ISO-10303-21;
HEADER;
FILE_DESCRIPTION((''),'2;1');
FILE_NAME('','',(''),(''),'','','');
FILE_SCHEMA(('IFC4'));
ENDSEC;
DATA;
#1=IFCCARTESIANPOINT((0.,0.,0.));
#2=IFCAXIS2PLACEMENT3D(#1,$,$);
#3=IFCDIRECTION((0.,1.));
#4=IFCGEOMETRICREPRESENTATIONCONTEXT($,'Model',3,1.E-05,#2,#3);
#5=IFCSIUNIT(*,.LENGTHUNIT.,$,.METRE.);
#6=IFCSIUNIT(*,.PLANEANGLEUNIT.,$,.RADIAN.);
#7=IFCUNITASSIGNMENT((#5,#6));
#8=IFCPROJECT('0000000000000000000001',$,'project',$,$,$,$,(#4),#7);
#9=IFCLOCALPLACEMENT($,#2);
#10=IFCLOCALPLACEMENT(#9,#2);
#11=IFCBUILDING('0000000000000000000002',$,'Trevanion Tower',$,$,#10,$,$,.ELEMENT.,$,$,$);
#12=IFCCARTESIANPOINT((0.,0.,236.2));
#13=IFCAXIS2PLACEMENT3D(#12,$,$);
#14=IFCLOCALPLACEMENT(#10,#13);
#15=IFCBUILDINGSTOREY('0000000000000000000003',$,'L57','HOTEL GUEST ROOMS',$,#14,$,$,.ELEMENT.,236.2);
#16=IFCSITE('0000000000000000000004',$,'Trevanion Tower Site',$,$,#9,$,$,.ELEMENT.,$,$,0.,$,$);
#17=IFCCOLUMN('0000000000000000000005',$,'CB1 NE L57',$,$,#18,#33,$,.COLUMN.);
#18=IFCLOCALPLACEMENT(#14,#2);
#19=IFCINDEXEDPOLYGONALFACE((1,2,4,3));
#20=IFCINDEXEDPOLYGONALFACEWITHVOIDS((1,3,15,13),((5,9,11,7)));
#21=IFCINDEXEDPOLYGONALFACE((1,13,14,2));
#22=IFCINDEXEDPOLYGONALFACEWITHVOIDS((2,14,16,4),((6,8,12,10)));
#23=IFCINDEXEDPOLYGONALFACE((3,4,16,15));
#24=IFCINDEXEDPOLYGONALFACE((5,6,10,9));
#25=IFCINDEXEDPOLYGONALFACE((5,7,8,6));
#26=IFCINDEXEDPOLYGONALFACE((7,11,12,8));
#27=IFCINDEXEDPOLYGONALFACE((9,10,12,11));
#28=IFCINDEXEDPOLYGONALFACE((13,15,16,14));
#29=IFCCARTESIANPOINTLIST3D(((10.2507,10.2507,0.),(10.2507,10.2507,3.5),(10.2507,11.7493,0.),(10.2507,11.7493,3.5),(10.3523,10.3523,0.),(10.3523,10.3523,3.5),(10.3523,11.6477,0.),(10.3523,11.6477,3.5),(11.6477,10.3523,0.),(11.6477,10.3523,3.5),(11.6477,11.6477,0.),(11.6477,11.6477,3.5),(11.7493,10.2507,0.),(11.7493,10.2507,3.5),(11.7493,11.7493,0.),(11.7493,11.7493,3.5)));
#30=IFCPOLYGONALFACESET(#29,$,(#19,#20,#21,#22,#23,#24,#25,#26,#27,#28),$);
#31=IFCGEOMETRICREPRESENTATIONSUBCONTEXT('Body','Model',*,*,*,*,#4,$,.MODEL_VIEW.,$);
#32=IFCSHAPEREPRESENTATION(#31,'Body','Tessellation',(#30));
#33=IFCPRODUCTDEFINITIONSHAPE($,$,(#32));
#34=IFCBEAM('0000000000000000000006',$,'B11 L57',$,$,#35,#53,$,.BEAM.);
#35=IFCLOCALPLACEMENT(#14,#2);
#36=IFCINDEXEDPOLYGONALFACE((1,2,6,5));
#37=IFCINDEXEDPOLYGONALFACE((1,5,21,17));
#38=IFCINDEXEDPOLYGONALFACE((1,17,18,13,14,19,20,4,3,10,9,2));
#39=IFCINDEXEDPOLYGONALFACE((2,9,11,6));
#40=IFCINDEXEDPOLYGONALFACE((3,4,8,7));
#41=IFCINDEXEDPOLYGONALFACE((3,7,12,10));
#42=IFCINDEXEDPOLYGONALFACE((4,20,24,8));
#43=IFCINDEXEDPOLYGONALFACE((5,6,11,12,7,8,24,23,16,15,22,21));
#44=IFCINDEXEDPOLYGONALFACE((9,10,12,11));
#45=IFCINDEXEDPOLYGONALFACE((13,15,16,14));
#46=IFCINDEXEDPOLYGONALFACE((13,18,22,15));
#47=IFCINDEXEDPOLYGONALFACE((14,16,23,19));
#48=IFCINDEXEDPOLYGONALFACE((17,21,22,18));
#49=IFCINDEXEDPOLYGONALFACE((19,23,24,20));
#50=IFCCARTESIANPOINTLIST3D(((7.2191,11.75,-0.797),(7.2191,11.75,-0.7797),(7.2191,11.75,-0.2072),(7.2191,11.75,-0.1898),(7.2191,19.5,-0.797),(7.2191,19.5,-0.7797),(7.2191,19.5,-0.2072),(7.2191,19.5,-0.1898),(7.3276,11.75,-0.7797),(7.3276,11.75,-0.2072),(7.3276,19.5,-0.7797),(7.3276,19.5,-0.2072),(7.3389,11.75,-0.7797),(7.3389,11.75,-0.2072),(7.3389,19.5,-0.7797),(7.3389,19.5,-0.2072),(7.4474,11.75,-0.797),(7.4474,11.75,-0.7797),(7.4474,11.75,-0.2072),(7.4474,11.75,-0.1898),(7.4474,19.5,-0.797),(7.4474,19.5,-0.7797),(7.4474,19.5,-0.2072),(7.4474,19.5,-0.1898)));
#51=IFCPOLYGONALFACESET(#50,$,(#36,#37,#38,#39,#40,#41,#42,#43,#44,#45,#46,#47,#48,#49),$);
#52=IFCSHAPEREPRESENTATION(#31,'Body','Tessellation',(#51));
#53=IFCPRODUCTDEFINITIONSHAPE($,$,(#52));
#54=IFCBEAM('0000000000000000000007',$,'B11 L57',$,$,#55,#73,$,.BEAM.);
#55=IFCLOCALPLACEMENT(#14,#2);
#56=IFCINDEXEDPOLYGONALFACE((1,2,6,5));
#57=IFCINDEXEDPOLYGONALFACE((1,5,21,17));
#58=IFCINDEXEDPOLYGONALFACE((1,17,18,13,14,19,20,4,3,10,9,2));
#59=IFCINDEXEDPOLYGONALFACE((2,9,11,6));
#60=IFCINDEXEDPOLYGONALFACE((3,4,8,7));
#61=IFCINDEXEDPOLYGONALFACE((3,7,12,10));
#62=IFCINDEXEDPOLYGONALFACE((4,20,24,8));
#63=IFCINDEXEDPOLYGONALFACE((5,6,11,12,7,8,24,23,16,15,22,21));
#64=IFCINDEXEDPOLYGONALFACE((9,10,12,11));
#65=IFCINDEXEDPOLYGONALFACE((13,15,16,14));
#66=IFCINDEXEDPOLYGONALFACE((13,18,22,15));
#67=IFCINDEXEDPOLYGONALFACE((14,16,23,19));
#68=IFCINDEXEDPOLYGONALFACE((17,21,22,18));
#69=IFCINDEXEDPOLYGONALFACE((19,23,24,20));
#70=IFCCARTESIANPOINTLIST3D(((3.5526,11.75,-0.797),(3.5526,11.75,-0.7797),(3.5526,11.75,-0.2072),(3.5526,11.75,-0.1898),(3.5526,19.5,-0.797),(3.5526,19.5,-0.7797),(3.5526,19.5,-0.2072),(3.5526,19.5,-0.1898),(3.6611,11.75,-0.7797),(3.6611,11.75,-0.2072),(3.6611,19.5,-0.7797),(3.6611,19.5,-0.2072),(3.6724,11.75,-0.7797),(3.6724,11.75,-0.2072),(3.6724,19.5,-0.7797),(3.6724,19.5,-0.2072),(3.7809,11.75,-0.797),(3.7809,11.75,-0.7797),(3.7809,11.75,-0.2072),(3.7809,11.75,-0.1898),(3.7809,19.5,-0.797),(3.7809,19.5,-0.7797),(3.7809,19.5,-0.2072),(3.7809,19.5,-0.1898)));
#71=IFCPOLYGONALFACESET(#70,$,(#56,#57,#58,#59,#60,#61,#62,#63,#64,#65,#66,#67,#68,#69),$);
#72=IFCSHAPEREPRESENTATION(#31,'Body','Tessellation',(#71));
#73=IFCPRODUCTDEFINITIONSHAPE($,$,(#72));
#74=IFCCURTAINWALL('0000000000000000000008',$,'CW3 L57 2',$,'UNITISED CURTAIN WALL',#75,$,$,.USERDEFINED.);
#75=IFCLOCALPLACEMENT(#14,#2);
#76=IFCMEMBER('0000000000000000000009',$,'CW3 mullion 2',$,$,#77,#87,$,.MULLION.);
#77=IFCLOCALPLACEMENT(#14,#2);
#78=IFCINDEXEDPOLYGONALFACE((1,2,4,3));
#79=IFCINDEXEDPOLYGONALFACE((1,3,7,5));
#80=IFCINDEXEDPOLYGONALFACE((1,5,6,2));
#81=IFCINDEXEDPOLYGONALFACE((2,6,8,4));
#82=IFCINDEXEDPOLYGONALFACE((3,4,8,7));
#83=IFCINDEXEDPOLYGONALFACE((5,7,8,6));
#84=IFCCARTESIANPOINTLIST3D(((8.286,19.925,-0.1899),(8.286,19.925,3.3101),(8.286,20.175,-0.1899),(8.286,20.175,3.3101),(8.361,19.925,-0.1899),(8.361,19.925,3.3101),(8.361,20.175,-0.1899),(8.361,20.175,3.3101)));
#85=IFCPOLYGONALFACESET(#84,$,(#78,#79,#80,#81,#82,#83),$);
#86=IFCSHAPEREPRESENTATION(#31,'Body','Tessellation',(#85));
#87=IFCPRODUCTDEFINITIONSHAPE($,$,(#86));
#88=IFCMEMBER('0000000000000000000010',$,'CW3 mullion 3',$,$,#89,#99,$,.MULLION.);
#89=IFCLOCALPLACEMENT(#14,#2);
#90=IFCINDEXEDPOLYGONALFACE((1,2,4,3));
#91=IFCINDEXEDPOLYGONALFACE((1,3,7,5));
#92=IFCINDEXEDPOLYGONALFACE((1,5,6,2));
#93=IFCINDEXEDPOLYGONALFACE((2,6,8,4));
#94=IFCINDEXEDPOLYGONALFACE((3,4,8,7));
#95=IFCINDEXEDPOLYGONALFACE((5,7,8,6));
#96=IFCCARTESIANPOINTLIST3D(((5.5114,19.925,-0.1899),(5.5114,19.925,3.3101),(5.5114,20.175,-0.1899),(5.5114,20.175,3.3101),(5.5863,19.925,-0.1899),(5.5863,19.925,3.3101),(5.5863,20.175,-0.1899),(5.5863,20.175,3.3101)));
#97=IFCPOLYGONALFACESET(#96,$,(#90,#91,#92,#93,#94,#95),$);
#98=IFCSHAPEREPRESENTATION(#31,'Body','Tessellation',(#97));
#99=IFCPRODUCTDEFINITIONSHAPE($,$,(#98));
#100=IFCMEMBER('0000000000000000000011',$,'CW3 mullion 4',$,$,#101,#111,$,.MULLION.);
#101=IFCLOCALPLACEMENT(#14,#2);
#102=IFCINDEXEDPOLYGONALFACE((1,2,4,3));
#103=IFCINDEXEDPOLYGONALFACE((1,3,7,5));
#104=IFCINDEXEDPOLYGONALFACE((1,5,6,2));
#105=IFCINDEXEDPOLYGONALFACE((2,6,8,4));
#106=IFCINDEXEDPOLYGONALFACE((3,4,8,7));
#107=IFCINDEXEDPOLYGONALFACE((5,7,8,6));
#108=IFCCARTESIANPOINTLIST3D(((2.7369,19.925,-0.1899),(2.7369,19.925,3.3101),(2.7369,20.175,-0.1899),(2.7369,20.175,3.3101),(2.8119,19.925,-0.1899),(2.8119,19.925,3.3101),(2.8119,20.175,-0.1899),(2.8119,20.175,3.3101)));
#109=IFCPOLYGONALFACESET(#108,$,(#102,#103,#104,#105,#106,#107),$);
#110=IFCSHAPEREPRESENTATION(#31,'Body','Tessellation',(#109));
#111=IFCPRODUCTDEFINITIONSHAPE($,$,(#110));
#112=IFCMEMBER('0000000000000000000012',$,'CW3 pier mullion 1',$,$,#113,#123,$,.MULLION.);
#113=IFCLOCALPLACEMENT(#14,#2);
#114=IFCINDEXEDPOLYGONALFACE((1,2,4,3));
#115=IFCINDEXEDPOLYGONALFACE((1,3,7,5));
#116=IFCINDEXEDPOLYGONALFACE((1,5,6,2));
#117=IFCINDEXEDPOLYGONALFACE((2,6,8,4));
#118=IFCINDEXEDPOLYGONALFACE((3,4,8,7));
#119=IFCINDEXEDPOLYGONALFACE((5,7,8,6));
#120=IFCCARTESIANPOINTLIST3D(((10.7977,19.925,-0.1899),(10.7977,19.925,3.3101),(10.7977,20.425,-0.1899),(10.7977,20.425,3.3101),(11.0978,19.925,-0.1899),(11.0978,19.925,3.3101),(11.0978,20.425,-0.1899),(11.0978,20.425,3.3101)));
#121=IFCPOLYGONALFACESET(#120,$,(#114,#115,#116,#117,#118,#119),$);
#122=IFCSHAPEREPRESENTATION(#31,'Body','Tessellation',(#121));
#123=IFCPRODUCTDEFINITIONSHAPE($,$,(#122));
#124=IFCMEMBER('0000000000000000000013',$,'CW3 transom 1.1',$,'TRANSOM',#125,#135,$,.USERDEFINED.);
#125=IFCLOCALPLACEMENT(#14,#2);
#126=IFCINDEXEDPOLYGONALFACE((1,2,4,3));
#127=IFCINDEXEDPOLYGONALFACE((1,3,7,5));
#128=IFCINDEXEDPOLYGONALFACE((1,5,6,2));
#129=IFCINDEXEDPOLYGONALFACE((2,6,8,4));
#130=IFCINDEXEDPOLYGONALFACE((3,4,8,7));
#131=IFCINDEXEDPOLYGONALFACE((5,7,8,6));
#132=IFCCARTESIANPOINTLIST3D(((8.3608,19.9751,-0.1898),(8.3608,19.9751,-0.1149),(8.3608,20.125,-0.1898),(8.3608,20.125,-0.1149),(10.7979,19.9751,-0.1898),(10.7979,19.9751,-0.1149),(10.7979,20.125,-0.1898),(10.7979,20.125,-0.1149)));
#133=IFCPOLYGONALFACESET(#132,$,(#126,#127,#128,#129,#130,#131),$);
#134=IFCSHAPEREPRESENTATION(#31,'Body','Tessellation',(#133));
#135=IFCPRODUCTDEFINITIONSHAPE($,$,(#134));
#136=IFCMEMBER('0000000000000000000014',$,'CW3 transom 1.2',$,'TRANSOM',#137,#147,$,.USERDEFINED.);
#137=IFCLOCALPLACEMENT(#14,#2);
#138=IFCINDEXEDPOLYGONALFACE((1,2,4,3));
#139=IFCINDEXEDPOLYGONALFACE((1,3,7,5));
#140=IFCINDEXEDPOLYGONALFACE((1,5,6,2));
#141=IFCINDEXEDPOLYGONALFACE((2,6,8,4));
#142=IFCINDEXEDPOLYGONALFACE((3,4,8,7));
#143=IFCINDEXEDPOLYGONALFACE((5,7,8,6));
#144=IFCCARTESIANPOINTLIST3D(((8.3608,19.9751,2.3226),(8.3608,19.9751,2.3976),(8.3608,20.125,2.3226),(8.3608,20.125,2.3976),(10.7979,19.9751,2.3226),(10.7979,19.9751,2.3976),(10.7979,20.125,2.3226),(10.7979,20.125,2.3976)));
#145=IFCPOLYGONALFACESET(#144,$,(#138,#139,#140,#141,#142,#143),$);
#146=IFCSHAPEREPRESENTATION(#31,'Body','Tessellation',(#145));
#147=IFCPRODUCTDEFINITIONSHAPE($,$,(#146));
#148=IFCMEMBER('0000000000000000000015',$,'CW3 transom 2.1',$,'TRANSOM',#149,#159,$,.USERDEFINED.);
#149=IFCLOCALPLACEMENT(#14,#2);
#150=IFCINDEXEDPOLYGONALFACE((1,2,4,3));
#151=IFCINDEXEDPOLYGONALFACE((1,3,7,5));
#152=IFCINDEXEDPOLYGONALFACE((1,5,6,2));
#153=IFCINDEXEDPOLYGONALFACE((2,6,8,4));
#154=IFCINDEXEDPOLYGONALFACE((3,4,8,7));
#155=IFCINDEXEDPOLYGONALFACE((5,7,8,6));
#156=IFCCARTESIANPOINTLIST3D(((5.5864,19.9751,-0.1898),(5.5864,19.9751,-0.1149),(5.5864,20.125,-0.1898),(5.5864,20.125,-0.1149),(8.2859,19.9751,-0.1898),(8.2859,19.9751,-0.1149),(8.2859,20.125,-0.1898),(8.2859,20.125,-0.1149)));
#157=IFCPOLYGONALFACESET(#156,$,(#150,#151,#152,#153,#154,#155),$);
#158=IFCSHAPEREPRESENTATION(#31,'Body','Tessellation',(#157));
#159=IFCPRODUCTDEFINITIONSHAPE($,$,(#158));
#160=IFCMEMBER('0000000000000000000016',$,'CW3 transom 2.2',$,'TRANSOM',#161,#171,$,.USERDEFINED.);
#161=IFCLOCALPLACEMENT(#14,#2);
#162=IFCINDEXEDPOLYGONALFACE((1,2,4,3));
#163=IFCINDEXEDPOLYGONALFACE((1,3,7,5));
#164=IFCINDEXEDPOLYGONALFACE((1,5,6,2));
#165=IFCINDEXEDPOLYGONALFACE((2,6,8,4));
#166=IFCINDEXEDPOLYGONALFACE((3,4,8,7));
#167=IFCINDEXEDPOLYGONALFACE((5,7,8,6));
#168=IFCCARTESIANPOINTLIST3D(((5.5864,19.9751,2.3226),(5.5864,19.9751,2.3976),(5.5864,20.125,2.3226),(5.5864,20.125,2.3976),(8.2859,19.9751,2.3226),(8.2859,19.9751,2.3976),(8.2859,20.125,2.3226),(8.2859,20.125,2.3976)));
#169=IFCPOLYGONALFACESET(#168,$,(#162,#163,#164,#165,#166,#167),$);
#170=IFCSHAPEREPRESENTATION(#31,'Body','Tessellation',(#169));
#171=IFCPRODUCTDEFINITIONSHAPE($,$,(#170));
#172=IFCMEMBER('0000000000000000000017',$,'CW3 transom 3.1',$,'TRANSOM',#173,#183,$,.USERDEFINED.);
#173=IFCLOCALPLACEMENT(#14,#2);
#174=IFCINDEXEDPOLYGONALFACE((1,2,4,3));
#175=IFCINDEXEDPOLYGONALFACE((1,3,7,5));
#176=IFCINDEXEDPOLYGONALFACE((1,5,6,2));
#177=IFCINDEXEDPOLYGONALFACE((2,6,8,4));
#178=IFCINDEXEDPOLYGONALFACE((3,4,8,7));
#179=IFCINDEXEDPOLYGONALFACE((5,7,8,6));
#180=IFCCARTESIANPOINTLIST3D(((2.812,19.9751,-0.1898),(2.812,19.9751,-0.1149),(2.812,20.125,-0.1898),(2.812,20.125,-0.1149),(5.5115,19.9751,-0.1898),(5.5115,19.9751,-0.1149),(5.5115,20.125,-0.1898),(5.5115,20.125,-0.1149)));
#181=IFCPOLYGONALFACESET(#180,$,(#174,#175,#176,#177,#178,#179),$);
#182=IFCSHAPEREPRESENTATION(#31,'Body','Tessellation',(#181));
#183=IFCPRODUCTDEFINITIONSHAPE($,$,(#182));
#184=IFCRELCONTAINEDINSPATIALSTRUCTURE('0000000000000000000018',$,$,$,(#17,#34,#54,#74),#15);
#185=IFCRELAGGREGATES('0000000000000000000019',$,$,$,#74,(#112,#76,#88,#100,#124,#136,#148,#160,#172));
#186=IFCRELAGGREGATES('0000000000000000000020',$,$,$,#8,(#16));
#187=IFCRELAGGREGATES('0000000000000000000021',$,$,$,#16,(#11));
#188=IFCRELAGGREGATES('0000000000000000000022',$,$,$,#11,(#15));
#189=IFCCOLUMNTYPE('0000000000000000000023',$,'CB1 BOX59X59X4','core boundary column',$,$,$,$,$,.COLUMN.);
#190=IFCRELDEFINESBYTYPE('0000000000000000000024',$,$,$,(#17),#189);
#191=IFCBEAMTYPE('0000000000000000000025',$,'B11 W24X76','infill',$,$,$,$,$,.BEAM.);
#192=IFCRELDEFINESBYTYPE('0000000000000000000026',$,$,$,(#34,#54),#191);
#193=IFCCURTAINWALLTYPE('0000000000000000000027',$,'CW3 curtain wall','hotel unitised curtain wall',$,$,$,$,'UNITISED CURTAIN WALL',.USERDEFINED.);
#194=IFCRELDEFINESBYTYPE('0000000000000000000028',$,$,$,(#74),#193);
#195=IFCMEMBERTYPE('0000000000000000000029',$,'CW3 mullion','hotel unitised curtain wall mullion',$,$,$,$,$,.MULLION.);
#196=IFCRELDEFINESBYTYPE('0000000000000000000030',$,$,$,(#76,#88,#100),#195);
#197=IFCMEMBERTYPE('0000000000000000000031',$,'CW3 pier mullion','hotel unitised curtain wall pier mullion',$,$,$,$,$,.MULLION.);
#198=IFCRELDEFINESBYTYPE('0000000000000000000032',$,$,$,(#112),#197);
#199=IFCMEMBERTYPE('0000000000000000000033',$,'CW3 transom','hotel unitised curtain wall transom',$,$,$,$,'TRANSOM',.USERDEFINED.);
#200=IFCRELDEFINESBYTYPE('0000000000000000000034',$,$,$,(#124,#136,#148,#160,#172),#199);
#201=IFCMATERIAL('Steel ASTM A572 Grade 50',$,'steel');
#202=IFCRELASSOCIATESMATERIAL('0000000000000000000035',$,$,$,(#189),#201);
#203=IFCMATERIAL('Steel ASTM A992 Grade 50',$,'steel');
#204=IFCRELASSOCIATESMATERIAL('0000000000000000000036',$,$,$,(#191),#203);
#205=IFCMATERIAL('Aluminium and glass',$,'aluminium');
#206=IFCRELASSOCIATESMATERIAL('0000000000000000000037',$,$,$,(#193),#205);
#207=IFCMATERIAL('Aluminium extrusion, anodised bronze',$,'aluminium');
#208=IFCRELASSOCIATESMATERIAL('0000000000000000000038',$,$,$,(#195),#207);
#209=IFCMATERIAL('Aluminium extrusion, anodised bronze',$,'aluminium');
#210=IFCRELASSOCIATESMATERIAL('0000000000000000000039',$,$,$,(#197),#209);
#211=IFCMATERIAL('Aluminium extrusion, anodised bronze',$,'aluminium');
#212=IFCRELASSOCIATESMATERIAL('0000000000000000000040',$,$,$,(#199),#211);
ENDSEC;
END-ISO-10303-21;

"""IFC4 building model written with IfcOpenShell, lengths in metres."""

from ifc_helpers import new_model, si_unit, direction, frame, origin, origin_2d, place, context, subcontext, project, spatial, rectangle, hollow_rectangle, i_section, extrude, material, material_profile, profile_set, type_object, element, aggregate, save


model = new_model("IFC4")

# Units and contexts
model_context = context("Model", 3, precision=1e-05, world=origin(), true_north=direction((0.0, 1.0)))
body_context = subcontext(model_context, "Body", "Model", "MODEL_VIEW")
ifc_project = project(units=[si_unit("LENGTHUNIT", "METRE"), si_unit("PLANEANGLEUNIT", "RADIAN")], contexts=[model_context])

# Site, building, storey
site_placement = place(None, origin())
site = spatial("IfcSite", under=ifc_project, at=site_placement, Name="Trevanion Tower Site", CompositionType="ELEMENT", RefElevation=0.0)
building_placement = place(site_placement, origin())
building = spatial("IfcBuilding", under=site, at=building_placement, Name="Trevanion Tower", CompositionType="ELEMENT")
storey_placement = place(building_placement, frame((0.0, 0.0, 236.2)))
storey = spatial("IfcBuildingStorey", under=building, at=storey_placement, Name="L57", Description="HOTEL GUEST ROOMS", CompositionType="ELEMENT", Elevation=236.2)

# Column
ifc_material_1 = material(Name="Steel ASTM A572 Grade 50", Category="steel")
ifc_material_profile_1 = material_profile(ifc_material_1, hollow_rectangle(XDim=1.4985, YDim=1.4985, WallThickness=0.1016, at=origin_2d()), Name="BOX59X59X4")
ifc_profile_set_1 = profile_set([ifc_material_profile_1], Name="Steel ASTM A572 Grade 50")
column_type = type_object("IfcColumnType", Name="CB1 BOX59X59X4", Description="core boundary column", PredefinedType="COLUMN", material=ifc_profile_set_1)
column_placement = place(storey_placement, frame((11.0, 11.0, 0.0), z_axis=(0.0, 0.0, 1.0), x_axis=(1.0, 0.0, 0.0)))
element("IfcColumn", 1, at=column_placement, inside=storey, type_object=column_type, Name="CB1 NE L57", PredefinedType="COLUMN", context=body_context, shape_type="SweptSolid", body=[
    extrude(hollow_rectangle(XDim=1.4985, YDim=1.4985, WallThickness=0.1016, at=origin_2d()), origin(), (0.0, 0.0, 1.0), 3.5),
])

# Beams
ifc_material_2 = material(Name="Steel ASTM A992 Grade 50", Category="steel")
ifc_material_profile_2 = material_profile(ifc_material_2, i_section(OverallWidth=0.2283, OverallDepth=0.6072, WebThickness=0.0112, FlangeThickness=0.0173, at=origin_2d()), Name="W24X76")
ifc_profile_set_2 = profile_set([ifc_material_profile_2], Name="Steel ASTM A992 Grade 50")
beam_type_1 = type_object("IfcBeamType", Name="B11 W24X76", Description="infill", PredefinedType="BEAM", material=ifc_profile_set_2)
for number, where, z_axis, x_axis, name in (
    (2, (7.3333, 11.75, -0.4934), (0.0, 1.0, 0.0), (-1.0, 0.0, 0.0), "B11 L57"),
    (3, (3.6667, 11.75, -0.4934), (0.0, 1.0, 0.0), (-1.0, 0.0, 0.0), "B11 L57"),
):
    element("IfcBeam", number, at=place(storey_placement, frame(where, z_axis=z_axis, x_axis=x_axis)), inside=storey, type_object=beam_type_1, Name=name, PredefinedType="BEAM", context=body_context, shape_type="SweptSolid", body=[
        extrude(i_section(OverallWidth=0.2283, OverallDepth=0.6072, WebThickness=0.0112, FlangeThickness=0.0173, at=origin_2d()), origin(), (0.0, 0.0, 1.0), 7.75),
    ])

# Curtain wall, members
ifc_material_3 = material(Name="Aluminium and glass", Category="aluminium")
curtain_wall_type = type_object("IfcCurtainWallType", Name="CW3 curtain wall", Description="hotel unitised curtain wall", ElementType="UNITISED CURTAIN WALL", PredefinedType="USERDEFINED", material=ifc_material_3)
curtain_wall_placement = place(storey_placement, origin())
curtain_wall = element("IfcCurtainWall", 4, at=curtain_wall_placement, inside=storey, type_object=curtain_wall_type, Name="CW3 L57 2", ObjectType="UNITISED CURTAIN WALL", PredefinedType="USERDEFINED")
ifc_material_4 = material(Name="Aluminium extrusion, anodised bronze", Category="aluminium")
ifc_material_profile_3 = material_profile(ifc_material_4, rectangle(XDim=0.075, YDim=0.25, at=origin_2d()), Name="CW3 mullion")
ifc_profile_set_3 = profile_set([ifc_material_profile_3], Name="Aluminium extrusion, anodised bronze")
member_type_1 = type_object("IfcMemberType", Name="CW3 mullion", Description="hotel unitised curtain wall mullion", PredefinedType="MULLION", material=ifc_profile_set_3)
member_1_placement = place(storey_placement, frame((8.3235, 20.05, -0.1899), z_axis=(0.0, 0.0, 1.0), x_axis=(-1.0, 0.0, 0.0)))
member_1 = element("IfcMember", 5, at=member_1_placement, type_object=member_type_1, Name="CW3 mullion 2", PredefinedType="MULLION", context=body_context, shape_type="SweptSolid", body=[
    extrude(rectangle(XDim=0.075, YDim=0.25, at=origin_2d()), origin(), (0.0, 0.0, 1.0), 3.5),
])
member_2_placement = place(storey_placement, frame((5.5488, 20.05, -0.1899), z_axis=(0.0, 0.0, 1.0), x_axis=(-1.0, 0.0, 0.0)))
member_2 = element("IfcMember", 6, at=member_2_placement, type_object=member_type_1, Name="CW3 mullion 3", PredefinedType="MULLION", context=body_context, shape_type="SweptSolid", body=[
    extrude(rectangle(XDim=0.075, YDim=0.25, at=origin_2d()), origin(), (0.0, 0.0, 1.0), 3.5),
])
member_3_placement = place(storey_placement, frame((2.7744, 20.05, -0.1899), z_axis=(0.0, 0.0, 1.0), x_axis=(-1.0, 0.0, 0.0)))
member_3 = element("IfcMember", 7, at=member_3_placement, type_object=member_type_1, Name="CW3 mullion 4", PredefinedType="MULLION", context=body_context, shape_type="SweptSolid", body=[
    extrude(rectangle(XDim=0.075, YDim=0.25, at=origin_2d()), origin(), (0.0, 0.0, 1.0), 3.5),
])
ifc_material_5 = material(Name="Aluminium extrusion, anodised bronze", Category="aluminium")
ifc_material_profile_4 = material_profile(ifc_material_5, rectangle(XDim=0.3, YDim=0.5, at=origin_2d()), Name="CW3 pier mullion")
ifc_profile_set_4 = profile_set([ifc_material_profile_4], Name="Aluminium extrusion, anodised bronze")
member_type_2 = type_object("IfcMemberType", Name="CW3 pier mullion", Description="hotel unitised curtain wall pier mullion", PredefinedType="MULLION", material=ifc_profile_set_4)
member_4_placement = place(storey_placement, frame((10.9478, 20.175, -0.1899), z_axis=(0.0, 0.0, 1.0), x_axis=(-1.0, 0.0, 0.0)))
member_4 = element("IfcMember", 8, at=member_4_placement, type_object=member_type_2, Name="CW3 pier mullion 1", PredefinedType="MULLION", context=body_context, shape_type="SweptSolid", body=[
    extrude(rectangle(XDim=0.3, YDim=0.5, at=origin_2d()), origin(), (0.0, 0.0, 1.0), 3.5),
])
ifc_material_6 = material(Name="Aluminium extrusion, anodised bronze", Category="aluminium")
ifc_material_profile_5 = material_profile(ifc_material_6, rectangle(XDim=0.1499, YDim=0.075, at=origin_2d()), Name="CW3 transom")
ifc_profile_set_5 = profile_set([ifc_material_profile_5], Name="Aluminium extrusion, anodised bronze")
member_type_3 = type_object("IfcMemberType", Name="CW3 transom", Description="hotel unitised curtain wall transom", ElementType="TRANSOM", PredefinedType="USERDEFINED", material=ifc_profile_set_5)
member_5_placement = place(storey_placement, frame((10.7979, 20.05, -0.1523), z_axis=(-1.0, 0.0, 0.0), x_axis=(0.0, -1.0, 0.0)))
member_5 = element("IfcMember", 9, at=member_5_placement, type_object=member_type_3, Name="CW3 transom 1.1", ObjectType="TRANSOM", PredefinedType="USERDEFINED", context=body_context, shape_type="SweptSolid", body=[
    extrude(rectangle(XDim=0.1499, YDim=0.075, at=origin_2d()), origin(), (0.0, 0.0, 1.0), 2.437),
])
member_6_placement = place(storey_placement, frame((10.7979, 20.05, 2.3601), z_axis=(-1.0, 0.0, 0.0), x_axis=(0.0, -1.0, 0.0)))
member_6 = element("IfcMember", 10, at=member_6_placement, type_object=member_type_3, Name="CW3 transom 1.2", ObjectType="TRANSOM", PredefinedType="USERDEFINED", context=body_context, shape_type="SweptSolid", body=[
    extrude(rectangle(XDim=0.1499, YDim=0.075, at=origin_2d()), origin(), (0.0, 0.0, 1.0), 2.437),
])
member_7_placement = place(storey_placement, frame((8.2859, 20.05, -0.1523), z_axis=(-1.0, 0.0, 0.0), x_axis=(0.0, -1.0, 0.0)))
member_7 = element("IfcMember", 11, at=member_7_placement, type_object=member_type_3, Name="CW3 transom 2.1", ObjectType="TRANSOM", PredefinedType="USERDEFINED", context=body_context, shape_type="SweptSolid", body=[
    extrude(rectangle(XDim=0.1499, YDim=0.075, at=origin_2d()), origin(), (0.0, 0.0, 1.0), 2.6995),
])
member_8_placement = place(storey_placement, frame((8.2859, 20.05, 2.3601), z_axis=(-1.0, 0.0, 0.0), x_axis=(0.0, -1.0, 0.0)))
member_8 = element("IfcMember", 12, at=member_8_placement, type_object=member_type_3, Name="CW3 transom 2.2", ObjectType="TRANSOM", PredefinedType="USERDEFINED", context=body_context, shape_type="SweptSolid", body=[
    extrude(rectangle(XDim=0.1499, YDim=0.075, at=origin_2d()), origin(), (0.0, 0.0, 1.0), 2.6995),
])
member_9_placement = place(storey_placement, frame((5.5115, 20.05, -0.1523), z_axis=(-1.0, 0.0, 0.0), x_axis=(0.0, -1.0, 0.0)))
member_9 = element("IfcMember", 13, at=member_9_placement, type_object=member_type_3, Name="CW3 transom 3.1", ObjectType="TRANSOM", PredefinedType="USERDEFINED", context=body_context, shape_type="SweptSolid", body=[
    extrude(rectangle(XDim=0.1499, YDim=0.075, at=origin_2d()), origin(), (0.0, 0.0, 1.0), 2.6995),
])

aggregate(curtain_wall, [member_4, member_1, member_2, member_3, member_5, member_6, member_7, member_8, member_9])

save(model, "model.ifc")
